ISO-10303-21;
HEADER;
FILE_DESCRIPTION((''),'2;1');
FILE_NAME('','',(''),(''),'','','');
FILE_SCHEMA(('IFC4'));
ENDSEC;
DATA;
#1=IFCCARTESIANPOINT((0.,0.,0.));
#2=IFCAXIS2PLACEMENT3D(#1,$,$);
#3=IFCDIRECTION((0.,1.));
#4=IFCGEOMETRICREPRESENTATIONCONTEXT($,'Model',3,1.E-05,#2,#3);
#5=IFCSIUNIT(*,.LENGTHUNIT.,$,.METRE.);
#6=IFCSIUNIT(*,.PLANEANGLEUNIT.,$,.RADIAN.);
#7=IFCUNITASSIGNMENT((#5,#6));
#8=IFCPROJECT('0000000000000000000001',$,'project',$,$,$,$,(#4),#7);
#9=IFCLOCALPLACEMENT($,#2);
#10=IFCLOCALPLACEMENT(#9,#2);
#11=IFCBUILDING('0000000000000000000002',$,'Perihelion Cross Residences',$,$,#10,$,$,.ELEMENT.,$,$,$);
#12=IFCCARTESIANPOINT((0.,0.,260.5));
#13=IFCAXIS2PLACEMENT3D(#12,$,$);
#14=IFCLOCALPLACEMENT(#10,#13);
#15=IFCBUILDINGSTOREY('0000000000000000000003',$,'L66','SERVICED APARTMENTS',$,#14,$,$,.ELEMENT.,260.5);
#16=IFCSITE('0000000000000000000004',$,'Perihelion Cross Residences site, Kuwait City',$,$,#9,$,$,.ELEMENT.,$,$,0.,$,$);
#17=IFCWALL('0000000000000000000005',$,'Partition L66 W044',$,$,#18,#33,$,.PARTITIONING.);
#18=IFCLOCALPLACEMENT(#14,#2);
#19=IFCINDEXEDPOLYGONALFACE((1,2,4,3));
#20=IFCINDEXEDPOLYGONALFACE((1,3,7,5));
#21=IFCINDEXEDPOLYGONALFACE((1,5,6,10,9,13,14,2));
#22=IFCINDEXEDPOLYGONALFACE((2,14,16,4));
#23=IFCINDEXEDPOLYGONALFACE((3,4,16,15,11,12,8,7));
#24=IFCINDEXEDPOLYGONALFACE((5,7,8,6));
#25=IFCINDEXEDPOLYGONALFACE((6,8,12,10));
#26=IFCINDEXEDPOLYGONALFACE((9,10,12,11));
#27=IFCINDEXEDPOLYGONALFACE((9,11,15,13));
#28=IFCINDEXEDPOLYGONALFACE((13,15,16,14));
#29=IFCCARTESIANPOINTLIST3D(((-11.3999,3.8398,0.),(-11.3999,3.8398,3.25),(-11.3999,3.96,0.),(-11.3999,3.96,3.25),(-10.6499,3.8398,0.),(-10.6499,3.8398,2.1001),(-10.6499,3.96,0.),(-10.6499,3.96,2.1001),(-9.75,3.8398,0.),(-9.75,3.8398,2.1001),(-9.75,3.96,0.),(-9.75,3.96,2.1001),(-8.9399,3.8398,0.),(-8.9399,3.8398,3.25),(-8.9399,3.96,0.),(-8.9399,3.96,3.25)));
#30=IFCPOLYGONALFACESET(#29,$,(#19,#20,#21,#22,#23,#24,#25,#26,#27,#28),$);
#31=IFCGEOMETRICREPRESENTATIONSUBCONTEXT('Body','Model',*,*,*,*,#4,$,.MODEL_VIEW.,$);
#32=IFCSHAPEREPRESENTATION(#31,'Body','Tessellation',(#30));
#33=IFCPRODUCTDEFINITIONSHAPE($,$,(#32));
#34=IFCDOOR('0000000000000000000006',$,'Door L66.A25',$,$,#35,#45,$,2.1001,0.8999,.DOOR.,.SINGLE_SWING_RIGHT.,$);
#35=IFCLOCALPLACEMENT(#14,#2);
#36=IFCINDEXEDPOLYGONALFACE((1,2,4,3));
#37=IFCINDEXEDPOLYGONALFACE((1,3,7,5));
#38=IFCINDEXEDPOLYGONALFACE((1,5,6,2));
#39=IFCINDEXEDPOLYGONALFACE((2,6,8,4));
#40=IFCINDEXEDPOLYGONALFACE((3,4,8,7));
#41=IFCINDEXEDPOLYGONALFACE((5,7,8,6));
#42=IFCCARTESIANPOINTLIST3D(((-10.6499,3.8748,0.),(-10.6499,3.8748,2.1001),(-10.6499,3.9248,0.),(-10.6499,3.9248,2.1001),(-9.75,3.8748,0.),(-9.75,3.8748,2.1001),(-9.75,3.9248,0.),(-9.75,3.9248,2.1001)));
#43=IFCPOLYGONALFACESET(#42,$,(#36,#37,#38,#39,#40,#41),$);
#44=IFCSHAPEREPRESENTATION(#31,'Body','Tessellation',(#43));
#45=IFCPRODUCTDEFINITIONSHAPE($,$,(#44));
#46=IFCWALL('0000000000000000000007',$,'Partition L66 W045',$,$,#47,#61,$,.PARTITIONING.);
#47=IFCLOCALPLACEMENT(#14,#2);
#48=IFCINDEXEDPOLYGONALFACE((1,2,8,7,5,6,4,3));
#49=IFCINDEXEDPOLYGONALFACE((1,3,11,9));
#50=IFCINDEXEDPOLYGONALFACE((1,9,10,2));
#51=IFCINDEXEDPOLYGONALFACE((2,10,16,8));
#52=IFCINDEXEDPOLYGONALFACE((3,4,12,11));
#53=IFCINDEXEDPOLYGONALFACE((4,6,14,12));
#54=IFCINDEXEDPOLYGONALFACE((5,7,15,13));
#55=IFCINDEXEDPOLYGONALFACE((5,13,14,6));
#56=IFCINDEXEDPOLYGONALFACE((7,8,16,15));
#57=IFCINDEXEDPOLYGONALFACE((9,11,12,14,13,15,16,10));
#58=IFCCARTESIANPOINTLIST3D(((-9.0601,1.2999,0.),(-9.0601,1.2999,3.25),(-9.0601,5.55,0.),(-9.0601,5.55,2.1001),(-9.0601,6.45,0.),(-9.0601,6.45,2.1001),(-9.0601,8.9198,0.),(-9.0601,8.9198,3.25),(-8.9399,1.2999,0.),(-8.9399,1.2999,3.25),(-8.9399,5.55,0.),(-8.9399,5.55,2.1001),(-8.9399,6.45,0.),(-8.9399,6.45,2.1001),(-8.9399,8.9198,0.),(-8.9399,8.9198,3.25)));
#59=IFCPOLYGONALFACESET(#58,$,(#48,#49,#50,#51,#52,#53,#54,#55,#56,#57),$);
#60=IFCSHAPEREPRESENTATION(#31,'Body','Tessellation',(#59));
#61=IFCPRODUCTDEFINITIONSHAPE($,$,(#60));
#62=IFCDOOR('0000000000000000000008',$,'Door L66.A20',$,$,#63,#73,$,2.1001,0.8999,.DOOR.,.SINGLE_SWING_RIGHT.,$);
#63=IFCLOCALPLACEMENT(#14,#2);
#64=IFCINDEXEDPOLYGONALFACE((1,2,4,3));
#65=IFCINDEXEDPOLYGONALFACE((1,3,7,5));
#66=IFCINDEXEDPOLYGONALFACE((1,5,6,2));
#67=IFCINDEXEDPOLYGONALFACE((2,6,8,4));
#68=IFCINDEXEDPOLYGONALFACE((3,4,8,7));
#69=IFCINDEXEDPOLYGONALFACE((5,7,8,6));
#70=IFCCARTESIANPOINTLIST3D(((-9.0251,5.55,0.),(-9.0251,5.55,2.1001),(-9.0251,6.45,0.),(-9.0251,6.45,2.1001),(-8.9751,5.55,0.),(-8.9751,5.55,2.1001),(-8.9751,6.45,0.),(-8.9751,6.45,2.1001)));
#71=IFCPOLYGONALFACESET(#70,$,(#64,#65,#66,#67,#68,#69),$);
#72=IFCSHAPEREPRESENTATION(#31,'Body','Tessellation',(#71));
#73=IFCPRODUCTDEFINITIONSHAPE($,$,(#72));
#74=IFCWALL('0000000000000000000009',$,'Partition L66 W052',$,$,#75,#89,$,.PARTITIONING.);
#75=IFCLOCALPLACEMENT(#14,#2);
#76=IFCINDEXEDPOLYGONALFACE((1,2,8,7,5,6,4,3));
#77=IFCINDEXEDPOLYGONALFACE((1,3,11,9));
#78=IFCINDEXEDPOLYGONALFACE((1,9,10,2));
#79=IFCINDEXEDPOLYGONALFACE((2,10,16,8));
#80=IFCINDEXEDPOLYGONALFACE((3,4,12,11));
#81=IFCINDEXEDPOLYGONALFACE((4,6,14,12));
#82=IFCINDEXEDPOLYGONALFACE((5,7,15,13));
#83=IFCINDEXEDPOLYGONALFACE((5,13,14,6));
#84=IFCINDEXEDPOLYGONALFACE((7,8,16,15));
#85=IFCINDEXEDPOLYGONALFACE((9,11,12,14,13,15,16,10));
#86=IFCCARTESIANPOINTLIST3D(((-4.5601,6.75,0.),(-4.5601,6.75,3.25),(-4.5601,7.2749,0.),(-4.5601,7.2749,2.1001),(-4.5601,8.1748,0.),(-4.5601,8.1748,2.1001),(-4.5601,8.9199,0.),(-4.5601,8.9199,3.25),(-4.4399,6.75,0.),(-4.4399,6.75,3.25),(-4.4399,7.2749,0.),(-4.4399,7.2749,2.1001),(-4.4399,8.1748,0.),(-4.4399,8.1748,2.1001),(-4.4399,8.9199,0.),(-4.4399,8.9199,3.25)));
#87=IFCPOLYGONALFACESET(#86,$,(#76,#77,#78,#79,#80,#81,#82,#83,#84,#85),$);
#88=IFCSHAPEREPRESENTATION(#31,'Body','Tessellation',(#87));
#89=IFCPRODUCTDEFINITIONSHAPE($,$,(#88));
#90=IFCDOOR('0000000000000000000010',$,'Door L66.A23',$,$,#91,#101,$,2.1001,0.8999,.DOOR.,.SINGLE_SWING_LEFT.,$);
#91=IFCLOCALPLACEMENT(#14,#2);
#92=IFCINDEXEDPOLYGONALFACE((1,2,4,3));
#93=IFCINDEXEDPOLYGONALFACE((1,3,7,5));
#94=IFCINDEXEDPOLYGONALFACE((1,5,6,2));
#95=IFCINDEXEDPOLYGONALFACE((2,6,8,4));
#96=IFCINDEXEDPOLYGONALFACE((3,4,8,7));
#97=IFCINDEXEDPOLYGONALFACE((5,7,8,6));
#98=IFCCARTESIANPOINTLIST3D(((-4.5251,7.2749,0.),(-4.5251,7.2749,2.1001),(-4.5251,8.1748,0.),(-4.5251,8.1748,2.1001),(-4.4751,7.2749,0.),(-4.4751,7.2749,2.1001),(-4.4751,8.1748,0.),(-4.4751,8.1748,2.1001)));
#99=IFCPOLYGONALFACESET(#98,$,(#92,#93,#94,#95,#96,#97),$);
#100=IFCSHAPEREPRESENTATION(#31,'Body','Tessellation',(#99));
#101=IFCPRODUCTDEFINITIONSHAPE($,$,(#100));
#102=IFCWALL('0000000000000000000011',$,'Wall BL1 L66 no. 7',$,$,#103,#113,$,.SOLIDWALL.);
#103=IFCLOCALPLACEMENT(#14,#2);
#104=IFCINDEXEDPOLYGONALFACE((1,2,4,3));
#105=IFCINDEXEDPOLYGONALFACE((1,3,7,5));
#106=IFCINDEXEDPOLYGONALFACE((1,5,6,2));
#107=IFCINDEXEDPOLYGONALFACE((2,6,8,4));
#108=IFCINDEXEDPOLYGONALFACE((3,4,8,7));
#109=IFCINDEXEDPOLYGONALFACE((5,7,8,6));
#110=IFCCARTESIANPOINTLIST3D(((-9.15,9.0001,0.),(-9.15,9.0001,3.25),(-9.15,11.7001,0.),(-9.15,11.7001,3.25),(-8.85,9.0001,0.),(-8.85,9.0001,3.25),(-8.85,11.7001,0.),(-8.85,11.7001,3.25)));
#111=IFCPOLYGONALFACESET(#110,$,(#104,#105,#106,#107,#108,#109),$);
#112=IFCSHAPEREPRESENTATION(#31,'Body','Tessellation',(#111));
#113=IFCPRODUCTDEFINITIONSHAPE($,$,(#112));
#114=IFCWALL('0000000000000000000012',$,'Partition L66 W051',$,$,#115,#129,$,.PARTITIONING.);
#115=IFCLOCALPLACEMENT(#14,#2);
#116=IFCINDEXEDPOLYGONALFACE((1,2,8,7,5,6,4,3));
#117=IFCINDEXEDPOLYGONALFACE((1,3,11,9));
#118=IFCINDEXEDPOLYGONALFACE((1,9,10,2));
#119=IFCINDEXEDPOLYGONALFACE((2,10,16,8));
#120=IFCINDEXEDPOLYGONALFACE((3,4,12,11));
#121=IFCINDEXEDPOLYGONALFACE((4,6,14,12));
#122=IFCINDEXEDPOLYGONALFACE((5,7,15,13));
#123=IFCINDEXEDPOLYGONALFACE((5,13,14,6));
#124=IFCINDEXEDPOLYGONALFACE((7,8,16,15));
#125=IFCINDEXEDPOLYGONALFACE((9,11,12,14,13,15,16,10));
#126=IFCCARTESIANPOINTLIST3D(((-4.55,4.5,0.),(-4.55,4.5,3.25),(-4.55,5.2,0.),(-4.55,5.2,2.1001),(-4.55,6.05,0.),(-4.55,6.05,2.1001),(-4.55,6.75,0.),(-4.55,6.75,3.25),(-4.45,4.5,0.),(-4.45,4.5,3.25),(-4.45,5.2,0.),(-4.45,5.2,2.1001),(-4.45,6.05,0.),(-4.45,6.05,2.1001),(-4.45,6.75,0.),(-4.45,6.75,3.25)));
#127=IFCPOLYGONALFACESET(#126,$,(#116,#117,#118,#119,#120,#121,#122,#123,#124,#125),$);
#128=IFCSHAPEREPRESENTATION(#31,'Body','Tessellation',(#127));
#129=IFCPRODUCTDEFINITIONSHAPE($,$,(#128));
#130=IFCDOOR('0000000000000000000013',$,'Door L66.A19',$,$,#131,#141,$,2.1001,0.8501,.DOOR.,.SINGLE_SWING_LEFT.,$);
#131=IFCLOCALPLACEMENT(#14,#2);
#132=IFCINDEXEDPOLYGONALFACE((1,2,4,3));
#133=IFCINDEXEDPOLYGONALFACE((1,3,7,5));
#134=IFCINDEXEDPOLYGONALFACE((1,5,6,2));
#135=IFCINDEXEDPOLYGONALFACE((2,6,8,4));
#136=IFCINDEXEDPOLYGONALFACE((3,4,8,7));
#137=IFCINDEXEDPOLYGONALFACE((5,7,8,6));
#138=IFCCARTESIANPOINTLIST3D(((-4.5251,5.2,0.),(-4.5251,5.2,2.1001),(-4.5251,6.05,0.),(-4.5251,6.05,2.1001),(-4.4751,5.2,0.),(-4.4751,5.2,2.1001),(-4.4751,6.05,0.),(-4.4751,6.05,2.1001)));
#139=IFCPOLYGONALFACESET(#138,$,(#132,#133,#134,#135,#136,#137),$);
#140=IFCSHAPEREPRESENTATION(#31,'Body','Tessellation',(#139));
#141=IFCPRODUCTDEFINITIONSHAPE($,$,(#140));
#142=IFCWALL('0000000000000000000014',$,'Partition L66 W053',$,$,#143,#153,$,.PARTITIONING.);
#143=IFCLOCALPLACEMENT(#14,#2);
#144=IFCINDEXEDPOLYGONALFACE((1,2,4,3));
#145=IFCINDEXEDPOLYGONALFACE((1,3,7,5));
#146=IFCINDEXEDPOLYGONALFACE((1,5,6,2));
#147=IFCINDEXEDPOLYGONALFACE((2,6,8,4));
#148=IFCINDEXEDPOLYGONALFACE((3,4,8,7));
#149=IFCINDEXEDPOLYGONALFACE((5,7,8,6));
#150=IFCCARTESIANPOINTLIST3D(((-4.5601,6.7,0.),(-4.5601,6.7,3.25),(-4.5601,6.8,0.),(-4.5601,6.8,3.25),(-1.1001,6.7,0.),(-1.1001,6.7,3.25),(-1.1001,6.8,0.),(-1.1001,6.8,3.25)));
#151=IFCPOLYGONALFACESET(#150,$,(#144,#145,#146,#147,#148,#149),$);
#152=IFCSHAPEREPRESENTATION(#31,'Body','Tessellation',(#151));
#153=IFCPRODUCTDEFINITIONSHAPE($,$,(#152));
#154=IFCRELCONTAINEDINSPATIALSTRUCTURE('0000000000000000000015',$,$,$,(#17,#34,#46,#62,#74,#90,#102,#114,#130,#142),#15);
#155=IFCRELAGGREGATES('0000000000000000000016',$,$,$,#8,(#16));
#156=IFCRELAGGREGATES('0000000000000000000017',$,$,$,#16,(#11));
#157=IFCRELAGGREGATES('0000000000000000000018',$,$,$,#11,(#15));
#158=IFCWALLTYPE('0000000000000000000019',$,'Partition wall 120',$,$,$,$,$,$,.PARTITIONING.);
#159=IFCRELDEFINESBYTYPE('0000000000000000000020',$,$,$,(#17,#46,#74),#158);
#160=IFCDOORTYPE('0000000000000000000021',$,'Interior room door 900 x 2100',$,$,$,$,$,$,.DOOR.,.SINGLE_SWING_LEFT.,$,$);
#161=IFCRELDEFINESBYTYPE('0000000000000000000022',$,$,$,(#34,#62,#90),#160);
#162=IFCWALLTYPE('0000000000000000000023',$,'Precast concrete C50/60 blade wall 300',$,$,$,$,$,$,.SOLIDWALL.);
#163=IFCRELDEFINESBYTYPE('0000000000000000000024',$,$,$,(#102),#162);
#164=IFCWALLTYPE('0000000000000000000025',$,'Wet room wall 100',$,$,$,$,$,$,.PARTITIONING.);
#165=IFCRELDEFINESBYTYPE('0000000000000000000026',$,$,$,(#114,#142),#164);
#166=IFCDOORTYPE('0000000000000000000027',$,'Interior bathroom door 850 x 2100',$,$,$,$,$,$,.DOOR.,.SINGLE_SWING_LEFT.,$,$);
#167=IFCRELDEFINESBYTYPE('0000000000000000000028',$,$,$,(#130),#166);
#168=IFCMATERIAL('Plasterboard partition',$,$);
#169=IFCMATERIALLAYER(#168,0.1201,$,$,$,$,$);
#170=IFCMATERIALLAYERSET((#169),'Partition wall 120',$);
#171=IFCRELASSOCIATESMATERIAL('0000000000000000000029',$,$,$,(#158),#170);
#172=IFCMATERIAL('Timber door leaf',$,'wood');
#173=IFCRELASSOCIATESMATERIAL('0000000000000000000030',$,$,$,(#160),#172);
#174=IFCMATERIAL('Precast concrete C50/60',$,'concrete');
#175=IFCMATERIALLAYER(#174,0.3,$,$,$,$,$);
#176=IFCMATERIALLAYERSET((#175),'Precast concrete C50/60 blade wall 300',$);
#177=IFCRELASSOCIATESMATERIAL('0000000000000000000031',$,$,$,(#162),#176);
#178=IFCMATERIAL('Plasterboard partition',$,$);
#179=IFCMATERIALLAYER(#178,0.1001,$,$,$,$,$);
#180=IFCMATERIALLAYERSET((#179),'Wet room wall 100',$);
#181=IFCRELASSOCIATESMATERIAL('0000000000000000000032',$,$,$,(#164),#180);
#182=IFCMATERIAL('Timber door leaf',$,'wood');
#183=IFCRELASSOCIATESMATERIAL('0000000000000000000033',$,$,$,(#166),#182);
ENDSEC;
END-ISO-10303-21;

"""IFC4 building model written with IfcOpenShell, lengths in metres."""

from ifc_helpers import new_model, si_unit, direction, frame, frame_2d, origin, place, context, subcontext, project, spatial, rectangle, extrude, material, layer, layer_set, type_object, element, fill, save


model = new_model("IFC4")

# Units and contexts
model_context = context("Model", 3, precision=1e-05, world=origin(), true_north=direction((0.0, 1.0)))
body_context = subcontext(model_context, "Body", "Model", "MODEL_VIEW")
ifc_project = project(units=[si_unit("LENGTHUNIT", "METRE"), si_unit("PLANEANGLEUNIT", "RADIAN")], contexts=[model_context])

# Site, building, storey
site_placement = place(None, origin())
site = spatial("IfcSite", under=ifc_project, at=site_placement, Name="Perihelion Cross Residences site, Kuwait City", CompositionType="ELEMENT", RefElevation=0.0)
building_placement = place(site_placement, origin())
building = spatial("IfcBuilding", under=site, at=building_placement, Name="Perihelion Cross Residences", CompositionType="ELEMENT")
storey_placement = place(building_placement, frame((0.0, 0.0, 260.5)))
storey = spatial("IfcBuildingStorey", under=building, at=storey_placement, Name="L66", Description="SERVICED APARTMENTS", CompositionType="ELEMENT", Elevation=260.5)

# Shared definitions
ifc_material_1 = material(Name="Plasterboard partition")
ifc_layer_1 = layer(ifc_material_1, 0.1201)
ifc_layer_set_1 = layer_set([ifc_layer_1], Name="Partition wall 120")
wall_type_1 = type_object("IfcWallType", Name="Partition wall 120", PredefinedType="PARTITIONING", material=ifc_layer_set_1)

# Walls, openings, doors
wall_1_placement = place(storey_placement, frame((-11.3999, 3.8999, 0.0), z_axis=(0.0, 0.0, 1.0), x_axis=(1.0, 0.0, 0.0)))
wall_1 = element("IfcWall", 1, at=wall_1_placement, inside=storey, type_object=wall_type_1, Name="Partition L66 W044", PredefinedType="PARTITIONING", context=body_context, shape_type="SweptSolid", body=[
    extrude(rectangle(XDim=2.46, YDim=0.1201, at=frame_2d((1.23, 0.0))), origin(), (0.0, 0.0, 1.0), 3.25),
])
opening_1_placement = place(wall_1_placement, frame((0.75, 0.0, 0.0)))
opening_1 = element("IfcOpeningElement", 2, at=opening_1_placement, cuts=wall_1, PredefinedType="OPENING", context=body_context, shape_type="SweptSolid", body=[
    extrude(rectangle(XDim=0.8999, YDim=2.1001, at=frame_2d((0.45, 1.05))), frame((0.0, 0.0701, 0.0), z_axis=(0.0, -1.0, 0.0), x_axis=(1.0, 0.0, 0.0)), (0.0, 0.0, 1.0), 0.1401),
])
ifc_material_2 = material(Name="Timber door leaf", Category="wood")
door_type_1 = type_object("IfcDoorType", Name="Interior room door 900 x 2100", OperationType="SINGLE_SWING_LEFT", PredefinedType="DOOR", material=ifc_material_2)
door_1_placement = place(opening_1_placement, origin())
door_1 = element("IfcDoor", 3, at=door_1_placement, inside=storey, type_object=door_type_1, Name="Door L66.A25", OperationType="SINGLE_SWING_RIGHT", OverallHeight=2.1001, OverallWidth=0.8999, PredefinedType="DOOR", context=body_context, shape_type="SweptSolid", body=[
    extrude(rectangle(XDim=0.8999, YDim=2.1001, at=frame_2d((0.45, 1.05))), frame((0.0, 0.0249, 0.0), z_axis=(0.0, -1.0, 0.0), x_axis=(1.0, 0.0, 0.0)), (0.0, 0.0, 1.0), 0.05),
])
fill(opening_1, door_1)
wall_2_placement = place(storey_placement, frame((-9.0, 8.9199, 0.0), z_axis=(0.0, 0.0, 1.0), x_axis=(0.0, -1.0, 0.0)))
wall_2 = element("IfcWall", 4, at=wall_2_placement, inside=storey, type_object=wall_type_1, Name="Partition L66 W045", PredefinedType="PARTITIONING", context=body_context, shape_type="SweptSolid", body=[
    extrude(rectangle(XDim=7.6199, YDim=0.1201, at=frame_2d((3.8101, 0.0))), origin(), (0.0, 0.0, 1.0), 3.25),
])
opening_2_placement = place(wall_2_placement, frame((2.47, 0.0, 0.0)))
opening_2 = element("IfcOpeningElement", 5, at=opening_2_placement, cuts=wall_2, PredefinedType="OPENING", context=body_context, shape_type="SweptSolid", body=[
    extrude(rectangle(XDim=0.8999, YDim=2.1001, at=frame_2d((0.45, 1.05))), frame((0.0, 0.0701, 0.0), z_axis=(0.0, -1.0, 0.0), x_axis=(1.0, 0.0, 0.0)), (0.0, 0.0, 1.0), 0.1401),
])
door_2_placement = place(opening_2_placement, origin())
door_2 = element("IfcDoor", 6, at=door_2_placement, inside=storey, type_object=door_type_1, Name="Door L66.A20", OperationType="SINGLE_SWING_RIGHT", OverallHeight=2.1001, OverallWidth=0.8999, PredefinedType="DOOR", context=body_context, shape_type="SweptSolid", body=[
    extrude(rectangle(XDim=0.8999, YDim=2.1001, at=frame_2d((0.45, 1.05))), frame((0.0, 0.0249, 0.0), z_axis=(0.0, -1.0, 0.0), x_axis=(1.0, 0.0, 0.0)), (0.0, 0.0, 1.0), 0.05),
])
fill(opening_2, door_2)
wall_3_placement = place(storey_placement, frame((-4.5, 8.9199, 0.0), z_axis=(0.0, 0.0, 1.0), x_axis=(0.0, -1.0, 0.0)))
wall_3 = element("IfcWall", 7, at=wall_3_placement, inside=storey, type_object=wall_type_1, Name="Partition L66 W052", PredefinedType="PARTITIONING", context=body_context, shape_type="SweptSolid", body=[
    extrude(rectangle(XDim=2.1699, YDim=0.1201, at=frame_2d((1.085, 0.0))), origin(), (0.0, 0.0, 1.0), 3.25),
])
opening_3_placement = place(wall_3_placement, frame((0.7451, 0.0, 0.0)))
opening_3 = element("IfcOpeningElement", 8, at=opening_3_placement, cuts=wall_3, PredefinedType="OPENING", context=body_context, shape_type="SweptSolid", body=[
    extrude(rectangle(XDim=0.8999, YDim=2.1001, at=frame_2d((0.45, 1.05))), frame((0.0, 0.0701, 0.0), z_axis=(0.0, -1.0, 0.0), x_axis=(1.0, 0.0, 0.0)), (0.0, 0.0, 1.0), 0.1401),
])
door_3_placement = place(opening_3_placement, origin())
door_3 = element("IfcDoor", 9, at=door_3_placement, inside=storey, type_object=door_type_1, Name="Door L66.A23", OperationType="SINGLE_SWING_LEFT", OverallHeight=2.1001, OverallWidth=0.8999, PredefinedType="DOOR", context=body_context, shape_type="SweptSolid", body=[
    extrude(rectangle(XDim=0.8999, YDim=2.1001, at=frame_2d((0.45, 1.05))), frame((0.0, 0.0249, 0.0), z_axis=(0.0, -1.0, 0.0), x_axis=(1.0, 0.0, 0.0)), (0.0, 0.0, 1.0), 0.05),
])
fill(opening_3, door_3)

# Wall
ifc_material_3 = material(Name="Precast concrete C50/60", Category="concrete")
ifc_layer_2 = layer(ifc_material_3, 0.3)
ifc_layer_set_2 = layer_set([ifc_layer_2], Name="Precast concrete C50/60 blade wall 300")
wall_type_2 = type_object("IfcWallType", Name="Precast concrete C50/60 blade wall 300", PredefinedType="SOLIDWALL", material=ifc_layer_set_2)
wall_4_placement = place(storey_placement, frame((-9.0, 9.0, 0.0), z_axis=(0.0, 0.0, 1.0), x_axis=(0.0, 1.0, 0.0)))
element("IfcWall", 10, at=wall_4_placement, inside=storey, type_object=wall_type_2, Name="Wall BL1 L66 no. 7", PredefinedType="SOLIDWALL", context=body_context, shape_type="SweptSolid", body=[
    extrude(rectangle(XDim=2.7, YDim=0.3, at=frame_2d((1.3501, 0.0))), origin(), (0.0, 0.0, 1.0), 3.25),
])

# Wall, opening, door
ifc_material_4 = material(Name="Plasterboard partition")
ifc_layer_3 = layer(ifc_material_4, 0.1001)
ifc_layer_set_3 = layer_set([ifc_layer_3], Name="Wet room wall 100")
wall_type_3 = type_object("IfcWallType", Name="Wet room wall 100", PredefinedType="PARTITIONING", material=ifc_layer_set_3)
wall_5_placement = place(storey_placement, frame((-4.5, 6.75, 0.0), z_axis=(0.0, 0.0, 1.0), x_axis=(0.0, -1.0, 0.0)))
wall_5 = element("IfcWall", 11, at=wall_5_placement, inside=storey, type_object=wall_type_3, Name="Partition L66 W051", PredefinedType="PARTITIONING", context=body_context, shape_type="SweptSolid", body=[
    extrude(rectangle(XDim=2.25, YDim=0.1001, at=frame_2d((1.125, 0.0))), origin(), (0.0, 0.0, 1.0), 3.25),
])
opening_4_placement = place(wall_5_placement, frame((0.7, 0.0, 0.0)))
opening_4 = element("IfcOpeningElement", 12, at=opening_4_placement, cuts=wall_5, PredefinedType="OPENING", context=body_context, shape_type="SweptSolid", body=[
    extrude(rectangle(XDim=0.8501, YDim=2.1001, at=frame_2d((0.425, 1.05))), frame((0.0, 0.0601, 0.0), z_axis=(0.0, -1.0, 0.0), x_axis=(1.0, 0.0, 0.0)), (0.0, 0.0, 1.0), 0.1201),
])
ifc_material_5 = material(Name="Timber door leaf", Category="wood")
door_type_2 = type_object("IfcDoorType", Name="Interior bathroom door 850 x 2100", OperationType="SINGLE_SWING_LEFT", PredefinedType="DOOR", material=ifc_material_5)
door_4_placement = place(opening_4_placement, origin())
door_4 = element("IfcDoor", 13, at=door_4_placement, inside=storey, type_object=door_type_2, Name="Door L66.A19", OperationType="SINGLE_SWING_LEFT", OverallHeight=2.1001, OverallWidth=0.8501, PredefinedType="DOOR", context=body_context, shape_type="SweptSolid", body=[
    extrude(rectangle(XDim=0.8501, YDim=2.1001, at=frame_2d((0.425, 1.05))), frame((0.0, 0.0249, 0.0), z_axis=(0.0, -1.0, 0.0), x_axis=(1.0, 0.0, 0.0)), (0.0, 0.0, 1.0), 0.05),
])
fill(opening_4, door_4)

# Wall
wall_6_placement = place(storey_placement, frame((-4.5601, 6.75, 0.0), z_axis=(0.0, 0.0, 1.0), x_axis=(1.0, 0.0, 0.0)))
element("IfcWall", 14, at=wall_6_placement, inside=storey, type_object=wall_type_3, Name="Partition L66 W053", PredefinedType="PARTITIONING", context=body_context, shape_type="SweptSolid", body=[
    extrude(rectangle(XDim=3.46, YDim=0.1001, at=frame_2d((1.73, 0.0))), origin(), (0.0, 0.0, 1.0), 3.25),
])

save(model, "model.ifc")
